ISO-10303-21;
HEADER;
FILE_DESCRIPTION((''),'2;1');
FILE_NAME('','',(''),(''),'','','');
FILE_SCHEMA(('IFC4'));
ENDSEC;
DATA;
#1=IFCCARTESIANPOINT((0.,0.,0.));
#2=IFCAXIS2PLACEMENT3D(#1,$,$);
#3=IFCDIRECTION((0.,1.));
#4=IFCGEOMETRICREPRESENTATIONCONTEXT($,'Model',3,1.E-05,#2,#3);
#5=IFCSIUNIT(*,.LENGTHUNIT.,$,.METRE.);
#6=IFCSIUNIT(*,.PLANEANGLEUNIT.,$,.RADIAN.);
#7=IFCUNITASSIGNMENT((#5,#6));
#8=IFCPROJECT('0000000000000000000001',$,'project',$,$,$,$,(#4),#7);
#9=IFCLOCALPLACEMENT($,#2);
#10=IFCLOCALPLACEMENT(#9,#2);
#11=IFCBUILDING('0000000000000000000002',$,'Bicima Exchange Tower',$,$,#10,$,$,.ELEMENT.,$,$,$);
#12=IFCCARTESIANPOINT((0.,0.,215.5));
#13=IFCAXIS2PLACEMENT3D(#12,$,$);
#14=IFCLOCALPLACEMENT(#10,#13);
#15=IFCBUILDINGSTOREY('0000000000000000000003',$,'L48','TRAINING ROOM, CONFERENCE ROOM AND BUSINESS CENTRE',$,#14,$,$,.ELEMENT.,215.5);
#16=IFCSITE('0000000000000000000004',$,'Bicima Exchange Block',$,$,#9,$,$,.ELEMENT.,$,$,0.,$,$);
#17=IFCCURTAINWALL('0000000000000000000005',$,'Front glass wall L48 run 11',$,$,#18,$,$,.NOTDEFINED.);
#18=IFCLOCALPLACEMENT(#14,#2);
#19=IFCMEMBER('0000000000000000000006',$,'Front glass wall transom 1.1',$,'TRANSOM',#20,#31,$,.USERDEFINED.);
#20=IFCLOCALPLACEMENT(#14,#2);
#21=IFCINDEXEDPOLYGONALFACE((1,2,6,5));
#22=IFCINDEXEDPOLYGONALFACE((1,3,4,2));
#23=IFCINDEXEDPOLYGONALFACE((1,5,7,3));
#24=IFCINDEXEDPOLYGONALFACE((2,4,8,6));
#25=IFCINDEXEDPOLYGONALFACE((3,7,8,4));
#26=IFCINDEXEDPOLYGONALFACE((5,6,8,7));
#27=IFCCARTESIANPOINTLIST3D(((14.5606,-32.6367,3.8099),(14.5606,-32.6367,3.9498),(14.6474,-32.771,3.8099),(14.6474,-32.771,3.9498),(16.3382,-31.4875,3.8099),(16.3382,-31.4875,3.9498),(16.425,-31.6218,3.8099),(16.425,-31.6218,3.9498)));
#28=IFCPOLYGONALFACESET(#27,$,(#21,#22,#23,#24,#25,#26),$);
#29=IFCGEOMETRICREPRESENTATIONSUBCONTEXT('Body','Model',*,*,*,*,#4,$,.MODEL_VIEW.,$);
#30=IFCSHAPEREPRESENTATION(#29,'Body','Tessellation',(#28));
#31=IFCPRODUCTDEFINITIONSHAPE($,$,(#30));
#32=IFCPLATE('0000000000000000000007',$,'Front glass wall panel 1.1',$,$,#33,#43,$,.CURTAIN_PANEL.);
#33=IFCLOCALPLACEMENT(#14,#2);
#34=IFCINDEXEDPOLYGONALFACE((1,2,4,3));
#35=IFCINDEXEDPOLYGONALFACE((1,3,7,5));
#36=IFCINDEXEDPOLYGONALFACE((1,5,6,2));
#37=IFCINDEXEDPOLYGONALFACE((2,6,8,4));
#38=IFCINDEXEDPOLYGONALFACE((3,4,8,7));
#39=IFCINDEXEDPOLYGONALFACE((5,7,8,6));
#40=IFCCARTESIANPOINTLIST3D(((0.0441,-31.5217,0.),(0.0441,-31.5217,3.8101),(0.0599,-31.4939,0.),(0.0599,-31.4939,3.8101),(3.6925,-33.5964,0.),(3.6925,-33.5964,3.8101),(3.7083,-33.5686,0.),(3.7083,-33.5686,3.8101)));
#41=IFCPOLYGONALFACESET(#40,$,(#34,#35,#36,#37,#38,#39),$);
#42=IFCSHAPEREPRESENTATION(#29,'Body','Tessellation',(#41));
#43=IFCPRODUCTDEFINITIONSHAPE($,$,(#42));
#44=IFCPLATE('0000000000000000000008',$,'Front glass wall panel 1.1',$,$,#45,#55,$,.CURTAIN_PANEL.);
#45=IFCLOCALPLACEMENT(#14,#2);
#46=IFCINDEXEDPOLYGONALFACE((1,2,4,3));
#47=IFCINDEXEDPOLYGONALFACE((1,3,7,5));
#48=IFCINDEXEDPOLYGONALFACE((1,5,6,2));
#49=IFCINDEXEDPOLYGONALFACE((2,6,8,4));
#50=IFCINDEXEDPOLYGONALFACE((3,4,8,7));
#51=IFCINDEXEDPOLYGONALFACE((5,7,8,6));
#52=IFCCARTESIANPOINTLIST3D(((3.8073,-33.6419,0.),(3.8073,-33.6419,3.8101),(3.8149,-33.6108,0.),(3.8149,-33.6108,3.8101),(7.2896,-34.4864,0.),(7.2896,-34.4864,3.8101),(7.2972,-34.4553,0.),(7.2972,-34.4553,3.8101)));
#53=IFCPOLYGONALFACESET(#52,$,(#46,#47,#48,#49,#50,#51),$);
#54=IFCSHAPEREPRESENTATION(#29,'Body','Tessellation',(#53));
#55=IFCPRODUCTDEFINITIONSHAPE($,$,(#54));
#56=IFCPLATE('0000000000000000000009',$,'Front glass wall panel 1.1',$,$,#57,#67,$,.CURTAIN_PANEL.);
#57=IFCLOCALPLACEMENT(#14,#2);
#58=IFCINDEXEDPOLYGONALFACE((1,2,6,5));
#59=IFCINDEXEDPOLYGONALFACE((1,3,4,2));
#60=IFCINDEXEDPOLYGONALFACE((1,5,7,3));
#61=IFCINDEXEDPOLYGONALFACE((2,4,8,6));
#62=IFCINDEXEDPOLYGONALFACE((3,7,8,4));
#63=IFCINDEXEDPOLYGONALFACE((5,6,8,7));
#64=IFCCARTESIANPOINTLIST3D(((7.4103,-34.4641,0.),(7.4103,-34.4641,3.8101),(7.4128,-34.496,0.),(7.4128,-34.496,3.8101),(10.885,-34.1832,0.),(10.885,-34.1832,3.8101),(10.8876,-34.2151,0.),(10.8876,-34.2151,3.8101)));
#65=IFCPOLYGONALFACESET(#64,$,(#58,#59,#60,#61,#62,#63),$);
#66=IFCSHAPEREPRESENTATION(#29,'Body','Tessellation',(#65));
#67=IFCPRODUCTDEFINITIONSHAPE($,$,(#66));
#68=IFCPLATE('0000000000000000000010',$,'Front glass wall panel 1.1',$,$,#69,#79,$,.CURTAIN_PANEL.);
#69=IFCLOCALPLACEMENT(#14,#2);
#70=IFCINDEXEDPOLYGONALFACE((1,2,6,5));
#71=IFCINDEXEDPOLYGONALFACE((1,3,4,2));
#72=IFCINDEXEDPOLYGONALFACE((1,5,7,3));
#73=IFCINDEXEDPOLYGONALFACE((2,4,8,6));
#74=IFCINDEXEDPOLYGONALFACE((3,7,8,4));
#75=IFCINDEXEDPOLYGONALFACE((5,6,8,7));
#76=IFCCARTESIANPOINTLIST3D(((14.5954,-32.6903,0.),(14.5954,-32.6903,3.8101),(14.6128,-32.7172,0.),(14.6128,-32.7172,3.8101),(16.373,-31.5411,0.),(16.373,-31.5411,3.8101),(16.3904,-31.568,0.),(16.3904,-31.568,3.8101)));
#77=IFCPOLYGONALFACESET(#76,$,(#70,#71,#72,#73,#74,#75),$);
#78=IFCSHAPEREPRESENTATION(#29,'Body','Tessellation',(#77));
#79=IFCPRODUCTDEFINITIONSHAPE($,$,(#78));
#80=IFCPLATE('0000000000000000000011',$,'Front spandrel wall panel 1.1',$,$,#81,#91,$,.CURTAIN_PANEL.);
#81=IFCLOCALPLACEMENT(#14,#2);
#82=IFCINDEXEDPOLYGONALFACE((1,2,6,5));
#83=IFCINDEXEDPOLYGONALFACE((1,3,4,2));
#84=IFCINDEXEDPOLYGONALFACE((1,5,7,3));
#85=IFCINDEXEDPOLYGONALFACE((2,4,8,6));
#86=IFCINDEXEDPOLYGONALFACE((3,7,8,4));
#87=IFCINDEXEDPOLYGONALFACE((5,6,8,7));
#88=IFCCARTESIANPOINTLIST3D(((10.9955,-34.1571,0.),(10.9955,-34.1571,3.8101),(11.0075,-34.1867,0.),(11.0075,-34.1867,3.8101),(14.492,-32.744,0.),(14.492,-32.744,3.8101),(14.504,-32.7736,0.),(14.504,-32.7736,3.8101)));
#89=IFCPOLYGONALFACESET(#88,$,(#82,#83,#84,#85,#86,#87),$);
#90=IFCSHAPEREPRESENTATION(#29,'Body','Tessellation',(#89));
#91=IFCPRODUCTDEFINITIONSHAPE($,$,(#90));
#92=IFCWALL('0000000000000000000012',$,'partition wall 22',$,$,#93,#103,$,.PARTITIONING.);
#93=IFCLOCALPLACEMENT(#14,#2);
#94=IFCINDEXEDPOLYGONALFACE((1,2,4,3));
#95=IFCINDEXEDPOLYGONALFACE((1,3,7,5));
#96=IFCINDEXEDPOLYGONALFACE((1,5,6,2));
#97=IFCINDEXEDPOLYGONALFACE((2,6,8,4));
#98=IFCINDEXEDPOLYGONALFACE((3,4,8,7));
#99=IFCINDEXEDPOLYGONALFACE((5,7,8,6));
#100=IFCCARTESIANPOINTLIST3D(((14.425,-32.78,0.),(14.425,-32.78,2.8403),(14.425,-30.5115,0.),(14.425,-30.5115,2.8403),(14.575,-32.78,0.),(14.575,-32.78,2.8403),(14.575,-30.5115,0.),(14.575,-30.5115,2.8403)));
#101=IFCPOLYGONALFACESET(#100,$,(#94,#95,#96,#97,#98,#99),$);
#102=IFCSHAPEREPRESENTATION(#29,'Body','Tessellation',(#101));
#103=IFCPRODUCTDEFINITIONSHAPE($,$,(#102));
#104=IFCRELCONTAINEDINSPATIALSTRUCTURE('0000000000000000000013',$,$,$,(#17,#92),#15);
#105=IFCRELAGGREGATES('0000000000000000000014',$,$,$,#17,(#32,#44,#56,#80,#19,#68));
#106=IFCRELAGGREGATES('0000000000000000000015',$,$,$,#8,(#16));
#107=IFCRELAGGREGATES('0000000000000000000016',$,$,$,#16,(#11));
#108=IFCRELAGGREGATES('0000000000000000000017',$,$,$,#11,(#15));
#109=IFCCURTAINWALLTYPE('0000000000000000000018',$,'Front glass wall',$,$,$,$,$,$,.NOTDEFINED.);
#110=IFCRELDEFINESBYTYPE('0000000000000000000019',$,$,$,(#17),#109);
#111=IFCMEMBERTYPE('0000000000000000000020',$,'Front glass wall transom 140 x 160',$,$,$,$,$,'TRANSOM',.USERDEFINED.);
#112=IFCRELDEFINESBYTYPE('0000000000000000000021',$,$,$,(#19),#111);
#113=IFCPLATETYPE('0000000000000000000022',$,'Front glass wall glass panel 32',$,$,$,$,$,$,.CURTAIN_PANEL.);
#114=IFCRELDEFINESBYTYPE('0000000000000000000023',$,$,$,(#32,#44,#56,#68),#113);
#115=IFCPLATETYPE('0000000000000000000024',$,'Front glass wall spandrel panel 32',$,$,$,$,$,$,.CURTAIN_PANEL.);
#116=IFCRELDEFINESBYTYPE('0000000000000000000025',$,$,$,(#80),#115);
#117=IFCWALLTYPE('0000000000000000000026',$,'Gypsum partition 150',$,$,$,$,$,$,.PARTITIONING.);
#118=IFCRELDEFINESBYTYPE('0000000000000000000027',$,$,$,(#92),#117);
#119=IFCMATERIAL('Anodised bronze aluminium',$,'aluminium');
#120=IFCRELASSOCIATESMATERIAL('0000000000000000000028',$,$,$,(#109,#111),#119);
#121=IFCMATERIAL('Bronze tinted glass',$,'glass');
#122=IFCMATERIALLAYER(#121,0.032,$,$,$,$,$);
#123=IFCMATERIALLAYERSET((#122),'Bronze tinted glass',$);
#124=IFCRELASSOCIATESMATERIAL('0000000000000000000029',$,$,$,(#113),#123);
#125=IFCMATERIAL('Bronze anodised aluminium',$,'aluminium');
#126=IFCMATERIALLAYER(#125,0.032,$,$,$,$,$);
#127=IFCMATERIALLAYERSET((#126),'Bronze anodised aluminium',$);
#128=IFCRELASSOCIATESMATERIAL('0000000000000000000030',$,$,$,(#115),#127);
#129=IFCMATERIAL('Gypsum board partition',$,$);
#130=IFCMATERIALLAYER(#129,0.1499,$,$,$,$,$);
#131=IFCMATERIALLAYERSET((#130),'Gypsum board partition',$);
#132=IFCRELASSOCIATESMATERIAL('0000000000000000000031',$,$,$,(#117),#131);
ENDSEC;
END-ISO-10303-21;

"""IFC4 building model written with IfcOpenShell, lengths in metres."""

from ifc_helpers import new_model, si_unit, direction, frame, frame_2d, origin, origin_2d, place, context, subcontext, project, spatial, rectangle, extrude, material, layer, layer_set, material_profile, profile_set, type_object, element, aggregate, save


model = new_model("IFC4")

# Units and contexts
model_context = context("Model", 3, precision=1e-05, world=origin(), true_north=direction((0.0, 1.0)))
body_context = subcontext(model_context, "Body", "Model", "MODEL_VIEW")
ifc_project = project(units=[si_unit("LENGTHUNIT", "METRE"), si_unit("PLANEANGLEUNIT", "RADIAN")], contexts=[model_context])

# Site, building, storey
site_placement = place(None, origin())
site = spatial("IfcSite", under=ifc_project, at=site_placement, Name="Bicima Exchange Block", CompositionType="ELEMENT", RefElevation=0.0)
building_placement = place(site_placement, origin())
building = spatial("IfcBuilding", under=site, at=building_placement, Name="Bicima Exchange Tower", CompositionType="ELEMENT")
storey_placement = place(building_placement, frame((0.0, 0.0, 215.5)))
storey = spatial("IfcBuildingStorey", under=building, at=storey_placement, Name="L48", Description="TRAINING ROOM, CONFERENCE ROOM AND BUSINESS CENTRE", CompositionType="ELEMENT", Elevation=215.5)

# Curtain wall, member, plates
ifc_material_1 = material(Name="Anodised bronze aluminium", Category="aluminium")
curtain_wall_type = type_object("IfcCurtainWallType", Name="Front glass wall", PredefinedType="NOTDEFINED", material=ifc_material_1)
curtain_wall_placement = place(storey_placement, origin())
curtain_wall = element("IfcCurtainWall", 1, at=curtain_wall_placement, inside=storey, type_object=curtain_wall_type, Name="Front glass wall L48 run 11", PredefinedType="NOTDEFINED")
ifc_material_profile_1 = material_profile(ifc_material_1, rectangle(XDim=0.1599, YDim=0.1399, at=origin_2d()))
ifc_profile_set_1 = profile_set([ifc_material_profile_1], Name="Anodised bronze aluminium")
member_type_1 = type_object("IfcMemberType", Name="Front glass wall transom 140 x 160", ElementType="TRANSOM", PredefinedType="USERDEFINED", material=ifc_profile_set_1)
member_1_placement = place(storey_placement, frame((14.604, -32.7039, 3.8799), z_axis=(0.839793, 0.542907, 0.0), x_axis=(-0.542907, 0.839793, 0.0)))
member_1 = element("IfcMember", 2, at=member_1_placement, type_object=member_type_1, Name="Front glass wall transom 1.1", ObjectType="TRANSOM", PredefinedType="USERDEFINED", context=body_context, shape_type="SweptSolid", body=[
    extrude(rectangle(XDim=0.1599, YDim=0.1399, at=origin_2d()), origin(), (0.0, 0.0, 1.0), 2.1167),
])
ifc_material_2 = material(Name="Bronze tinted glass", Category="glass")
ifc_layer_1 = layer(ifc_material_2, 0.032)
ifc_layer_set_1 = layer_set([ifc_layer_1], Name="Bronze tinted glass")
plate_type_1 = type_object("IfcPlateType", Name="Front glass wall glass panel 32", PredefinedType="CURTAIN_PANEL", material=ifc_layer_set_1)
plate_1_placement = place(storey_placement, frame((1.8762, -32.5452, 0.0), z_axis=(0.0, 0.0, 1.0), x_axis=(0.869274, -0.49433, 0.0)))
plate_1 = element("IfcPlate", 3, at=plate_1_placement, type_object=plate_type_1, Name="Front glass wall panel 1.1", PredefinedType="CURTAIN_PANEL", context=body_context, shape_type="SweptSolid", body=[
    extrude(rectangle(XDim=4.197, YDim=0.032, at=origin_2d()), origin(), (0.0, 0.0, 1.0), 3.8101),
])
plate_2_placement = place(storey_placement, frame((5.5522, -34.0486, 0.0), z_axis=(0.0, 0.0, 1.0), x_axis=(0.97183, -0.235682, 0.0)))
plate_2 = element("IfcPlate", 4, at=plate_2_placement, type_object=plate_type_1, Name="Front glass wall panel 1.1", PredefinedType="CURTAIN_PANEL", context=body_context, shape_type="SweptSolid", body=[
    extrude(rectangle(XDim=3.5833, YDim=0.032, at=origin_2d()), origin(), (0.0, 0.0, 1.0), 3.8101),
])
plate_3_placement = place(storey_placement, frame((9.1489, -34.3396, 0.0), z_axis=(0.0, 0.0, 1.0), x_axis=(0.996747, 0.080589, 0.0)))
plate_3 = element("IfcPlate", 5, at=plate_3_placement, type_object=plate_type_1, Name="Front glass wall panel 1.1", PredefinedType="CURTAIN_PANEL", context=body_context, shape_type="SweptSolid", body=[
    extrude(rectangle(XDim=3.4861, YDim=0.032, at=origin_2d()), origin(), (0.0, 0.0, 1.0), 3.8101),
])
plate_4_placement = place(storey_placement, frame((15.4929, -32.1292, 0.0), z_axis=(0.0, 0.0, 1.0), x_axis=(0.839791, 0.542909, 0.0)))
plate_4 = element("IfcPlate", 6, at=plate_4_placement, type_object=plate_type_1, Name="Front glass wall panel 1.1", PredefinedType="CURTAIN_PANEL", context=body_context, shape_type="SweptSolid", body=[
    extrude(rectangle(XDim=2.1167, YDim=0.032, at=origin_2d()), origin(), (0.0, 0.0, 1.0), 3.8101),
])
ifc_material_3 = material(Name="Bronze anodised aluminium", Category="aluminium")
ifc_layer_2 = layer(ifc_material_3, 0.032)
ifc_layer_set_2 = layer_set([ifc_layer_2], Name="Bronze anodised aluminium")
plate_type_2 = type_object("IfcPlateType", Name="Front glass wall spandrel panel 32", PredefinedType="CURTAIN_PANEL", material=ifc_layer_set_2)
plate_5_placement = place(storey_placement, frame((12.7498, -33.4653, 0.0), z_axis=(0.0, 0.0, 1.0), x_axis=(0.927144, 0.374705, 0.0)))
plate_5 = element("IfcPlate", 7, at=plate_5_placement, type_object=plate_type_2, Name="Front spandrel wall panel 1.1", PredefinedType="CURTAIN_PANEL", context=body_context, shape_type="SweptSolid", body=[
    extrude(rectangle(XDim=3.7712, YDim=0.032, at=origin_2d()), origin(), (0.0, 0.0, 1.0), 3.8101),
])
aggregate(curtain_wall, [plate_1, plate_2, plate_3, plate_5, member_1, plate_4])

# Wall
ifc_material_4 = material(Name="Gypsum board partition")
ifc_layer_3 = layer(ifc_material_4, 0.1499)
ifc_layer_set_3 = layer_set([ifc_layer_3], Name="Gypsum board partition")
wall_type = type_object("IfcWallType", Name="Gypsum partition 150", PredefinedType="PARTITIONING", material=ifc_layer_set_3)
wall_placement = place(storey_placement, frame((14.5, -32.78, 0.0), z_axis=(0.0, 0.0, 1.0), x_axis=(0.0, 1.0, 0.0)))
element("IfcWall", 8, at=wall_placement, inside=storey, type_object=wall_type, Name="partition wall 22", PredefinedType="PARTITIONING", context=body_context, shape_type="SweptSolid", body=[
    extrude(rectangle(XDim=2.2686, YDim=0.1499, at=frame_2d((1.1343, 0.0))), origin(), (0.0, 0.0, 1.0), 2.8403),
])

save(model, "model.ifc")
